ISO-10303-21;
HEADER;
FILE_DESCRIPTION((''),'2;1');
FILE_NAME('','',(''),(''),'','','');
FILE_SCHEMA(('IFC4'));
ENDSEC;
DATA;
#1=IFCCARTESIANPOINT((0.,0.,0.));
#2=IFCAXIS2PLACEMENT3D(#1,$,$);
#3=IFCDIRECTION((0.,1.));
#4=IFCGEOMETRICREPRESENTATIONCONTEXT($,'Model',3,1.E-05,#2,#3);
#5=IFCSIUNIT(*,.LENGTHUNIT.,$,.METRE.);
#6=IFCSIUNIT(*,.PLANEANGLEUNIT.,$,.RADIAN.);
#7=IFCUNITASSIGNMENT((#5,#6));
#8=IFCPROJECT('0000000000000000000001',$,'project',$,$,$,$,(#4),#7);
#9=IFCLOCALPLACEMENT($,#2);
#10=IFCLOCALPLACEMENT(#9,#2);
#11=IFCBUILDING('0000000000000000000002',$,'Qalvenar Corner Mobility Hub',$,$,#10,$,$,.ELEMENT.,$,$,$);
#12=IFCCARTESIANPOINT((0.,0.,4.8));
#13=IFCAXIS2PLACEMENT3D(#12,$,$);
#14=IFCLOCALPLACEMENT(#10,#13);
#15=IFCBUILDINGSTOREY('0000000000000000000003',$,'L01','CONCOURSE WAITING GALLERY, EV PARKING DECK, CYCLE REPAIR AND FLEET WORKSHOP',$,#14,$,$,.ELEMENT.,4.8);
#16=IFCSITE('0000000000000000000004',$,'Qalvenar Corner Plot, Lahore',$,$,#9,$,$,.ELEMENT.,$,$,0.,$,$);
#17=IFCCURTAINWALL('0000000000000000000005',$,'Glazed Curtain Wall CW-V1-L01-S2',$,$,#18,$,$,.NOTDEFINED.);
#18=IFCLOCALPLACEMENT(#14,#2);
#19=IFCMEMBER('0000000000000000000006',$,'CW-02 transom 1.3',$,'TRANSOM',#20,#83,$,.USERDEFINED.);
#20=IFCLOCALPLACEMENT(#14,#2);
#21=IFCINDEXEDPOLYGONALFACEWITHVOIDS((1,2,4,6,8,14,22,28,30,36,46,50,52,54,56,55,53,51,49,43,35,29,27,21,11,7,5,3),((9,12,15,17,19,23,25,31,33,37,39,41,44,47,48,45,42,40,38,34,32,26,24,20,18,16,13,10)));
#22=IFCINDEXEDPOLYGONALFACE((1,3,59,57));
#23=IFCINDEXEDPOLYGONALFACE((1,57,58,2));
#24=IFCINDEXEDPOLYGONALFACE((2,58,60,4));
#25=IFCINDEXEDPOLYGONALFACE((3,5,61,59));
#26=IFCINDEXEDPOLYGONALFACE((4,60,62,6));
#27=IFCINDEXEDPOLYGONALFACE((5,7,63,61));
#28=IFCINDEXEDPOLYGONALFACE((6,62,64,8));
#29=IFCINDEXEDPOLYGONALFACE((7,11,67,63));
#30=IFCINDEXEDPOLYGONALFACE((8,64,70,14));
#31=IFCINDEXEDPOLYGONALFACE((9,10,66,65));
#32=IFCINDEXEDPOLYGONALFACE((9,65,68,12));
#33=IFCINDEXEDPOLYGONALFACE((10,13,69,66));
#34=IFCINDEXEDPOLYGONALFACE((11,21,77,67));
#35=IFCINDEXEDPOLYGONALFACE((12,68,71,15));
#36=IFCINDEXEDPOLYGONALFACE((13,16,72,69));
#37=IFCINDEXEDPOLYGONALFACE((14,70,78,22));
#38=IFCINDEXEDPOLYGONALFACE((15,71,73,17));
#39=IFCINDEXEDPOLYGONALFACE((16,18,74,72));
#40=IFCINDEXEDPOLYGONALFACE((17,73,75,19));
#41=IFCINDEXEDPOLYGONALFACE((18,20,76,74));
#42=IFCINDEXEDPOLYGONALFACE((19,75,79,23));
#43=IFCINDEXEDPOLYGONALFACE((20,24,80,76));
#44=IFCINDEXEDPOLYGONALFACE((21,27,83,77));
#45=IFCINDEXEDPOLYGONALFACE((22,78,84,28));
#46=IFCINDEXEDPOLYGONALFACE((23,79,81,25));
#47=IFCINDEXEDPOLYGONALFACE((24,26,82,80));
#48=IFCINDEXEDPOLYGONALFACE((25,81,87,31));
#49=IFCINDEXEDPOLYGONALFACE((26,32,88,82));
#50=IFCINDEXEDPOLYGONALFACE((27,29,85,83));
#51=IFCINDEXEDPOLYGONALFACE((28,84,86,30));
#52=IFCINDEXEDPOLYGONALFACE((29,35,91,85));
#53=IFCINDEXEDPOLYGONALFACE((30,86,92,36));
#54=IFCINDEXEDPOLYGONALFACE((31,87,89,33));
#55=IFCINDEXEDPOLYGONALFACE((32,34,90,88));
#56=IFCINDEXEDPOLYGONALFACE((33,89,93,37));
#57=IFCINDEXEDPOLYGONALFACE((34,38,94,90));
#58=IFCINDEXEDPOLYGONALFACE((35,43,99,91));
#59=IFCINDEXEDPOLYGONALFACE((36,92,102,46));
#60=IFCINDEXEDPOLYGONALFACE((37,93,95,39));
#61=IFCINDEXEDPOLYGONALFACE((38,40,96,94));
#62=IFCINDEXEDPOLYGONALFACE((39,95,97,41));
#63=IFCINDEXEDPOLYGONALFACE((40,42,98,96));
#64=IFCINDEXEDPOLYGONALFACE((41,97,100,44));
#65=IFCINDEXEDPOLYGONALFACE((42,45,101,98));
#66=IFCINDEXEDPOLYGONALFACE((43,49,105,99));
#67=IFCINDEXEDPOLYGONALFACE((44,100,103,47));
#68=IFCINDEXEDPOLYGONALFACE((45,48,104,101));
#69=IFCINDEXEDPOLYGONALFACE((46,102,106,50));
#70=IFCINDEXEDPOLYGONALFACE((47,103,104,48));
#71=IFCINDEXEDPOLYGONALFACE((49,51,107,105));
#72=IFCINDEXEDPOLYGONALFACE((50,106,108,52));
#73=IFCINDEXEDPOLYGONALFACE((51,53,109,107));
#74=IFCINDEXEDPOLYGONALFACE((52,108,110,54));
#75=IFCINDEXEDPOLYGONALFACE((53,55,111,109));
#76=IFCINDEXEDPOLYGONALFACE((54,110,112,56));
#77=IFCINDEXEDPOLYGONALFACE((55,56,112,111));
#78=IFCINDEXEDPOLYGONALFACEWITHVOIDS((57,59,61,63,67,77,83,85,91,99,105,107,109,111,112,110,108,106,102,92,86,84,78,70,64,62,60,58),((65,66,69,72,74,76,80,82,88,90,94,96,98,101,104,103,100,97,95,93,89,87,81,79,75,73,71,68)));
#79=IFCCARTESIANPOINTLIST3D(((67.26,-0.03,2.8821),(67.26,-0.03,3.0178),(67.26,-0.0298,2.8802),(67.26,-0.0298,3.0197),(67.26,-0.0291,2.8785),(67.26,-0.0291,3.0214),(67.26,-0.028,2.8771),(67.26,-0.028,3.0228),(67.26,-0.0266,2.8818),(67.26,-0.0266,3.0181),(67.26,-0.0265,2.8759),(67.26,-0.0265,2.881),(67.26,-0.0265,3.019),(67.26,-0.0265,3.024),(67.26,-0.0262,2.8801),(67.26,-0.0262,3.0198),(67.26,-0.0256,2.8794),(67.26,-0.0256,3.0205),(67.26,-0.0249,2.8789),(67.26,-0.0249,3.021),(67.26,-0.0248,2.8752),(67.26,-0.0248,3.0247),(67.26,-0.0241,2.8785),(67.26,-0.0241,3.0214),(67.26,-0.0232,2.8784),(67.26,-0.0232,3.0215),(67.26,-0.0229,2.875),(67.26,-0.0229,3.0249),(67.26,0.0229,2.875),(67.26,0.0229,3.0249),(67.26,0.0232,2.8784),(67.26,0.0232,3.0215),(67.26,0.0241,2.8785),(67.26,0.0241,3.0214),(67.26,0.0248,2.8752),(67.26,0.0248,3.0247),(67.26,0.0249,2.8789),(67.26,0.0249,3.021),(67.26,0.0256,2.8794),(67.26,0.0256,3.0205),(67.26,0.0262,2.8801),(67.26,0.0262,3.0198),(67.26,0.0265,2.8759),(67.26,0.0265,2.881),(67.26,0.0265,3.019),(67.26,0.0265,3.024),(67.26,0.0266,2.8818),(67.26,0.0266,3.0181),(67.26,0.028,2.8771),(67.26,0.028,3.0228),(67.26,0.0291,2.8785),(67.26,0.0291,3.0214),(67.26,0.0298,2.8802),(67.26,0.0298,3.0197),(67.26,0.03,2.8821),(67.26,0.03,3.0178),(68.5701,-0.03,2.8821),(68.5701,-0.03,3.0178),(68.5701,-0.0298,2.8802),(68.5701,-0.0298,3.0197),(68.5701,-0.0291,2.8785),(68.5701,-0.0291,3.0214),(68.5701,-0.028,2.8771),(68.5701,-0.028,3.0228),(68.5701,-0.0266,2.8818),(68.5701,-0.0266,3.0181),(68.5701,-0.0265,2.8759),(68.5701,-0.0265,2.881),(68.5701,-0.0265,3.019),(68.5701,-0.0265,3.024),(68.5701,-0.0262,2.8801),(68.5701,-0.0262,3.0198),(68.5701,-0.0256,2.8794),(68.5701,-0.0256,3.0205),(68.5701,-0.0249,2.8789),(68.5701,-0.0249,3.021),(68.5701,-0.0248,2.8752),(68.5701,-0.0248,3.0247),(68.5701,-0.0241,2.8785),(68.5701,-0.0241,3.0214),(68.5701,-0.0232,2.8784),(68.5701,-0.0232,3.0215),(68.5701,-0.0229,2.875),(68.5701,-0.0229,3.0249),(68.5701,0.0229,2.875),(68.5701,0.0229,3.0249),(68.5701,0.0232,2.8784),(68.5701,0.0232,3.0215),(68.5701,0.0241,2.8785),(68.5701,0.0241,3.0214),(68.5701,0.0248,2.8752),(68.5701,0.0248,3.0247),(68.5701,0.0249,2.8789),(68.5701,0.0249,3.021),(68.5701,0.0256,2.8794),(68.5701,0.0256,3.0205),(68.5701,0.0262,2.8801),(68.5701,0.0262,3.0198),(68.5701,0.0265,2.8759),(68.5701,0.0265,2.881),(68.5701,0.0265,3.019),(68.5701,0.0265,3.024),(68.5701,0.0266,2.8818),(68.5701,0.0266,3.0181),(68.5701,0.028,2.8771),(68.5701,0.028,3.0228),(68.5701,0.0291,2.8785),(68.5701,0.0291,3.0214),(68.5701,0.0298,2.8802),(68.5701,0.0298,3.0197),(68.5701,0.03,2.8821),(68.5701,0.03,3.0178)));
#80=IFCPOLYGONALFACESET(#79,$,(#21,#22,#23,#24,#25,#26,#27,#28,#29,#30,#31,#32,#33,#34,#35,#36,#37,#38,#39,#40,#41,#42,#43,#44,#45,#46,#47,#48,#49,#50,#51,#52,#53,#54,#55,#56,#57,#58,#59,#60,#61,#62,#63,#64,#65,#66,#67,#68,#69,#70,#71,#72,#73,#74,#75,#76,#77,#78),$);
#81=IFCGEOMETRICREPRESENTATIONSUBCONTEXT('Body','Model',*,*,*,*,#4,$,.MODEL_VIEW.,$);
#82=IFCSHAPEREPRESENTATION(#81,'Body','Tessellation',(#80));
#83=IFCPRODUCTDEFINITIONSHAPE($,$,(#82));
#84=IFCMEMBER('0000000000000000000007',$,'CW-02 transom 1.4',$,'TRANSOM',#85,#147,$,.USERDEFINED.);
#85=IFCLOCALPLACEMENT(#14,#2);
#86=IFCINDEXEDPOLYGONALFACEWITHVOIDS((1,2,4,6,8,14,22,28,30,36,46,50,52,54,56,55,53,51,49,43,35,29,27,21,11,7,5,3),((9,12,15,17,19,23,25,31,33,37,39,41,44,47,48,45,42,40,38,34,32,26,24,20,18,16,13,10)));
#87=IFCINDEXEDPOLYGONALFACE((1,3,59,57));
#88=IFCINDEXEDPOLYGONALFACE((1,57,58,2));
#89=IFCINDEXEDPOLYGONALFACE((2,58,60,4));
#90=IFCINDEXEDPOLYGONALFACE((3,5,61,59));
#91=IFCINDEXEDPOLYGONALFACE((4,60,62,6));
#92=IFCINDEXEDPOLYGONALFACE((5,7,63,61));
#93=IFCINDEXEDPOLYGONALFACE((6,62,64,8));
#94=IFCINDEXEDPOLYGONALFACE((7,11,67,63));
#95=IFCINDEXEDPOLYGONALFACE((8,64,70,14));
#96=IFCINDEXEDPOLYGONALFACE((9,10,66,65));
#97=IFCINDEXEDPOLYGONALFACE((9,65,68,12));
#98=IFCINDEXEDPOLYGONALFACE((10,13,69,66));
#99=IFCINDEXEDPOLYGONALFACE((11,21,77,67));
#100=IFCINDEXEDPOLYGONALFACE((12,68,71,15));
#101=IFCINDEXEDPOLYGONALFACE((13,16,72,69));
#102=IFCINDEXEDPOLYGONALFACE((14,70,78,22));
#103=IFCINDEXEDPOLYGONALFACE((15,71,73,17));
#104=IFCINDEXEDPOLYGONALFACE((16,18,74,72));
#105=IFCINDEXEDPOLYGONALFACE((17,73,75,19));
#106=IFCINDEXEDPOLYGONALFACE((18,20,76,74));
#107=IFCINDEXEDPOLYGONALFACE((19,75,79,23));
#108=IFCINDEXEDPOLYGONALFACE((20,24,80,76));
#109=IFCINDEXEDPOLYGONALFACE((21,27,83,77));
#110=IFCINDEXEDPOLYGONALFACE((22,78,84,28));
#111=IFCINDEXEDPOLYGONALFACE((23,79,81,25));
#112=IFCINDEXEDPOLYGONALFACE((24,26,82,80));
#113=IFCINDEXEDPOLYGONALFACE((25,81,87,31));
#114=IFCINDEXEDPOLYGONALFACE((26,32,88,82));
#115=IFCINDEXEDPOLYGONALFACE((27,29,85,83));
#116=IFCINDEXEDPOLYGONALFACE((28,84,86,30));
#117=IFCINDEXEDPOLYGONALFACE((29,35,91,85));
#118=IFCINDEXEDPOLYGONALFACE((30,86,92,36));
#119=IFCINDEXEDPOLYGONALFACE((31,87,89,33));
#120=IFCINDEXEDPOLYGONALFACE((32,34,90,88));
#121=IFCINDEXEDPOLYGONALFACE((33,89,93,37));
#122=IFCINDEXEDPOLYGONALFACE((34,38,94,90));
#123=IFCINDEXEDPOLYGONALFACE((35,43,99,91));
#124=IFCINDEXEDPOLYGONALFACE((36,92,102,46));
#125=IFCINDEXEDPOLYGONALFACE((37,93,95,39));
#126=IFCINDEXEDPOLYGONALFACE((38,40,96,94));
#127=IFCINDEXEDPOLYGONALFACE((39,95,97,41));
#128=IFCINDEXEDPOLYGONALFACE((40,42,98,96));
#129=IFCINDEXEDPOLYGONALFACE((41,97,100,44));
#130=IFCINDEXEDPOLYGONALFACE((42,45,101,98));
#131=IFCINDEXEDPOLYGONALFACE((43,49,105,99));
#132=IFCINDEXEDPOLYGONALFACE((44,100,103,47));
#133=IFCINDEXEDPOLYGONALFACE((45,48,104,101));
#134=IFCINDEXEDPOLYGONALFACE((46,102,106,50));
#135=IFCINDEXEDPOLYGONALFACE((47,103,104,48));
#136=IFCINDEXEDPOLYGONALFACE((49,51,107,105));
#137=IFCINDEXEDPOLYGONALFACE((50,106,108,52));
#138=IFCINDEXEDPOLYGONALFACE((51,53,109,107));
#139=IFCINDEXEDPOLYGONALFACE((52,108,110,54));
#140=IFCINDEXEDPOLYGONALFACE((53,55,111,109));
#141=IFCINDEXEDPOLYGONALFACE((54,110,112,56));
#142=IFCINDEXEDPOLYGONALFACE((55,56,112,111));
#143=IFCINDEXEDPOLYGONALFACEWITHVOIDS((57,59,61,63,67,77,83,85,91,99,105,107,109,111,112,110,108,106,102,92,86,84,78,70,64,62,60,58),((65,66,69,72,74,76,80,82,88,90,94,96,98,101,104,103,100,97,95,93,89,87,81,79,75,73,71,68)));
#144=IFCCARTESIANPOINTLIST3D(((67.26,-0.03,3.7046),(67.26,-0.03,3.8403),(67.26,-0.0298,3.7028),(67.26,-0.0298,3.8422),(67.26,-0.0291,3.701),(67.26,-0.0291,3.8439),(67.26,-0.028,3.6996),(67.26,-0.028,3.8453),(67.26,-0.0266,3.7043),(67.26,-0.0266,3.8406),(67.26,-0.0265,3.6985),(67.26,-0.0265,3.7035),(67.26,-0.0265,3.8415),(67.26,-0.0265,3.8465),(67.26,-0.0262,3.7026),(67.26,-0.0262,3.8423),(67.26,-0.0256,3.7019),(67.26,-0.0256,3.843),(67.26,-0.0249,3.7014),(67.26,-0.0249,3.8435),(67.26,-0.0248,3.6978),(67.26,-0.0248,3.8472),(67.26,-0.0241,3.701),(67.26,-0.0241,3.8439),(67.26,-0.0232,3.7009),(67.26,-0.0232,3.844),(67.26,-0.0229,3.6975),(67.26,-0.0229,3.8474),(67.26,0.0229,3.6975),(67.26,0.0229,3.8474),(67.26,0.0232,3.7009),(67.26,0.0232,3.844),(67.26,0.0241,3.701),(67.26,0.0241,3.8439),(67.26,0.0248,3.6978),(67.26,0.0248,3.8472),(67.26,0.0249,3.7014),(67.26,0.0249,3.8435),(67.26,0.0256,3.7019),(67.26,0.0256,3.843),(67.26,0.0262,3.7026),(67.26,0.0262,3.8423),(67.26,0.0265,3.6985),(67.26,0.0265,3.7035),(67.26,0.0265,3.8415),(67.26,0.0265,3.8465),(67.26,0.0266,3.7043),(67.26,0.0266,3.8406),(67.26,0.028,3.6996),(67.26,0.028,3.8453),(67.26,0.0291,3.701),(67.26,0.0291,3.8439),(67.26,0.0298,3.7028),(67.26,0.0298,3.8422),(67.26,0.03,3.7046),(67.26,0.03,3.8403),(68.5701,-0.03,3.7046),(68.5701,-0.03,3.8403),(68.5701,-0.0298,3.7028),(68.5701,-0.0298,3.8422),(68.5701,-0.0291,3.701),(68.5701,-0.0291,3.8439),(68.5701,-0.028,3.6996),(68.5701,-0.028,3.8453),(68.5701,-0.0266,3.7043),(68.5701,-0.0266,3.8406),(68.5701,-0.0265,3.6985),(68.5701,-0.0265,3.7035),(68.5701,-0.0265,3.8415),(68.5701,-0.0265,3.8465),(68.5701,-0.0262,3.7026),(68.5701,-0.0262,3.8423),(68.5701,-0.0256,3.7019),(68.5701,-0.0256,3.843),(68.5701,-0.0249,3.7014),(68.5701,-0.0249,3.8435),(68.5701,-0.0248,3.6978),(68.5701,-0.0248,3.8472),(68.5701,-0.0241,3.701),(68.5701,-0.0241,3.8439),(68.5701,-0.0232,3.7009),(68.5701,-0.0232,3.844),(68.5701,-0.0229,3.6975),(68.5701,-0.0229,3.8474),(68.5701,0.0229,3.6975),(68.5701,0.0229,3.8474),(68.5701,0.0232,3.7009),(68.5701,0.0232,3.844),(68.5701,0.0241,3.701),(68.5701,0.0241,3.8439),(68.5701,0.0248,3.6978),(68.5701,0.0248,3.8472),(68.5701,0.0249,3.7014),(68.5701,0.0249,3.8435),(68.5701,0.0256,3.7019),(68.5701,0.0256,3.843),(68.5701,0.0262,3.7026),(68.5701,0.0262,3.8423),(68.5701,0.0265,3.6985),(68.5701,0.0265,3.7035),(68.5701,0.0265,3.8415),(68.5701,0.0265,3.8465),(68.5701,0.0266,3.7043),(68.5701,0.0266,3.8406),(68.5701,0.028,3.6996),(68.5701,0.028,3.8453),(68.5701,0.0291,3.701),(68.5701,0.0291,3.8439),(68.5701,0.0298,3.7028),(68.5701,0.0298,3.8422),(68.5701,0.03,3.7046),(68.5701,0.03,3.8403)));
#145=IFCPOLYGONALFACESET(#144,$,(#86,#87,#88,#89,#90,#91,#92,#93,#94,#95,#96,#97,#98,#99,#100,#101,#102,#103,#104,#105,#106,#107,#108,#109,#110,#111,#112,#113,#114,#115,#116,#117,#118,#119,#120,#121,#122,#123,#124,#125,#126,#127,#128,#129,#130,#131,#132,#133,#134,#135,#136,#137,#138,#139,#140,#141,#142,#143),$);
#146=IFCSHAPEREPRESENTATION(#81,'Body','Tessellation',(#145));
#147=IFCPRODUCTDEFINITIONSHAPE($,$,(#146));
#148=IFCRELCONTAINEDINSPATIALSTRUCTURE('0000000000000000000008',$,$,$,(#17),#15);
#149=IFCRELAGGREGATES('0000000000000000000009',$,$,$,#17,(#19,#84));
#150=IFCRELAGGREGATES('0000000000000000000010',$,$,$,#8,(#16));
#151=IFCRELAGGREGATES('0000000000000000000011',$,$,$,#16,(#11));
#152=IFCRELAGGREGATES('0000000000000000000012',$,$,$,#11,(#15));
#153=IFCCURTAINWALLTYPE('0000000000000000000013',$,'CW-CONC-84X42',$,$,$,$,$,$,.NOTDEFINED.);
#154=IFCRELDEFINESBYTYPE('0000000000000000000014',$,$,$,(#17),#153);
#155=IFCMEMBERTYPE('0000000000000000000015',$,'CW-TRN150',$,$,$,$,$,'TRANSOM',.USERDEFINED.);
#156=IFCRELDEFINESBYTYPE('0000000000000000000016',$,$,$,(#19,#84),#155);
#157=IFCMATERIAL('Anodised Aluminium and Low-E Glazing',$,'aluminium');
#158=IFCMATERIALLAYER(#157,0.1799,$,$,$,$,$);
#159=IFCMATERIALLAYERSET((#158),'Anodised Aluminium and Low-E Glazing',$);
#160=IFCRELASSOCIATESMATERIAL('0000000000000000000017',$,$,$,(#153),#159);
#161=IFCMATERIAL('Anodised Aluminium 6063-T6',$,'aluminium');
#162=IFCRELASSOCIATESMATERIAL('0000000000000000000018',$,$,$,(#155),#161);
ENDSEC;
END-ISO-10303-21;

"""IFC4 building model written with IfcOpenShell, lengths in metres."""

from ifc_helpers import new_model, si_unit, direction, frame, origin, origin_2d, place, context, subcontext, project, spatial, hollow_rectangle, extrude, material, layer, layer_set, material_profile, profile_set, type_object, element, aggregate, save


model = new_model("IFC4")

# Units and contexts
model_context = context("Model", 3, precision=1e-05, world=origin(), true_north=direction((0.0, 1.0)))
body_context = subcontext(model_context, "Body", "Model", "MODEL_VIEW")
ifc_project = project(units=[si_unit("LENGTHUNIT", "METRE"), si_unit("PLANEANGLEUNIT", "RADIAN")], contexts=[model_context])

# Site, building, storey
site_placement = place(None, origin())
site = spatial("IfcSite", under=ifc_project, at=site_placement, Name="Qalvenar Corner Plot, Lahore", CompositionType="ELEMENT", RefElevation=0.0)
building_placement = place(site_placement, origin())
building = spatial("IfcBuilding", under=site, at=building_placement, Name="Qalvenar Corner Mobility Hub", CompositionType="ELEMENT")
storey_placement = place(building_placement, frame((0.0, 0.0, 4.8)))
storey = spatial("IfcBuildingStorey", under=building, at=storey_placement, Name="L01", Description="CONCOURSE WAITING GALLERY, EV PARKING DECK, CYCLE REPAIR AND FLEET WORKSHOP", CompositionType="ELEMENT", Elevation=4.8)

# Curtain wall
ifc_material_1 = material(Name="Anodised Aluminium and Low-E Glazing", Category="aluminium")
ifc_layer_1 = layer(ifc_material_1, 0.1799)
ifc_layer_set_1 = layer_set([ifc_layer_1], Name="Anodised Aluminium and Low-E Glazing")
curtain_wall_type = type_object("IfcCurtainWallType", Name="CW-CONC-84X42", PredefinedType="NOTDEFINED", material=ifc_layer_set_1)
ifc_material_2 = material(Name="Anodised Aluminium 6063-T6", Category="aluminium")
curtain_wall_1_placement = place(storey_placement, origin())
curtain_wall_1 = element("IfcCurtainWall", 1, at=curtain_wall_1_placement, inside=storey, type_object=curtain_wall_type, Name="Glazed Curtain Wall CW-V1-L01-S2", PredefinedType="NOTDEFINED")

# Members
ifc_material_profile_1 = material_profile(ifc_material_2, hollow_rectangle(XDim=0.0601, YDim=0.1499, WallThickness=0.0034, InnerFilletRadius=0.0034, OuterFilletRadius=0.0071, at=origin_2d()), Name="RHS150x60x3.5")
ifc_profile_set_1 = profile_set([ifc_material_profile_1], Name="Anodised Aluminium 6063-T6")
member_type_1 = type_object("IfcMemberType", Name="CW-TRN150", ElementType="TRANSOM", PredefinedType="USERDEFINED", material=ifc_profile_set_1)
member_1_placement = place(storey_placement, frame((67.26, 0.0, 2.95), z_axis=(1.0, 0.0, 0.0), x_axis=(0.0, 1.0, 0.0)))
member_1 = element("IfcMember", 2, at=member_1_placement, type_object=member_type_1, Name="CW-02 transom 1.3", ObjectType="TRANSOM", PredefinedType="USERDEFINED", context=body_context, shape_type="SweptSolid", body=[
    extrude(hollow_rectangle(XDim=0.0601, YDim=0.1499, WallThickness=0.0034, InnerFilletRadius=0.0034, OuterFilletRadius=0.0071, at=origin_2d()), origin(), (0.0, 0.0, 1.0), 1.3101),
])
member_2_placement = place(storey_placement, frame((67.26, 0.0, 3.7725), z_axis=(1.0, 0.0, 0.0), x_axis=(0.0, 1.0, 0.0)))
member_2 = element("IfcMember", 3, at=member_2_placement, type_object=member_type_1, Name="CW-02 transom 1.4", ObjectType="TRANSOM", PredefinedType="USERDEFINED", context=body_context, shape_type="SweptSolid", body=[
    extrude(hollow_rectangle(XDim=0.0601, YDim=0.1499, WallThickness=0.0034, InnerFilletRadius=0.0034, OuterFilletRadius=0.0071, at=origin_2d()), origin(), (0.0, 0.0, 1.0), 1.3101),
])

aggregate(curtain_wall_1, [member_1, member_2])

save(model, "model.ifc")
